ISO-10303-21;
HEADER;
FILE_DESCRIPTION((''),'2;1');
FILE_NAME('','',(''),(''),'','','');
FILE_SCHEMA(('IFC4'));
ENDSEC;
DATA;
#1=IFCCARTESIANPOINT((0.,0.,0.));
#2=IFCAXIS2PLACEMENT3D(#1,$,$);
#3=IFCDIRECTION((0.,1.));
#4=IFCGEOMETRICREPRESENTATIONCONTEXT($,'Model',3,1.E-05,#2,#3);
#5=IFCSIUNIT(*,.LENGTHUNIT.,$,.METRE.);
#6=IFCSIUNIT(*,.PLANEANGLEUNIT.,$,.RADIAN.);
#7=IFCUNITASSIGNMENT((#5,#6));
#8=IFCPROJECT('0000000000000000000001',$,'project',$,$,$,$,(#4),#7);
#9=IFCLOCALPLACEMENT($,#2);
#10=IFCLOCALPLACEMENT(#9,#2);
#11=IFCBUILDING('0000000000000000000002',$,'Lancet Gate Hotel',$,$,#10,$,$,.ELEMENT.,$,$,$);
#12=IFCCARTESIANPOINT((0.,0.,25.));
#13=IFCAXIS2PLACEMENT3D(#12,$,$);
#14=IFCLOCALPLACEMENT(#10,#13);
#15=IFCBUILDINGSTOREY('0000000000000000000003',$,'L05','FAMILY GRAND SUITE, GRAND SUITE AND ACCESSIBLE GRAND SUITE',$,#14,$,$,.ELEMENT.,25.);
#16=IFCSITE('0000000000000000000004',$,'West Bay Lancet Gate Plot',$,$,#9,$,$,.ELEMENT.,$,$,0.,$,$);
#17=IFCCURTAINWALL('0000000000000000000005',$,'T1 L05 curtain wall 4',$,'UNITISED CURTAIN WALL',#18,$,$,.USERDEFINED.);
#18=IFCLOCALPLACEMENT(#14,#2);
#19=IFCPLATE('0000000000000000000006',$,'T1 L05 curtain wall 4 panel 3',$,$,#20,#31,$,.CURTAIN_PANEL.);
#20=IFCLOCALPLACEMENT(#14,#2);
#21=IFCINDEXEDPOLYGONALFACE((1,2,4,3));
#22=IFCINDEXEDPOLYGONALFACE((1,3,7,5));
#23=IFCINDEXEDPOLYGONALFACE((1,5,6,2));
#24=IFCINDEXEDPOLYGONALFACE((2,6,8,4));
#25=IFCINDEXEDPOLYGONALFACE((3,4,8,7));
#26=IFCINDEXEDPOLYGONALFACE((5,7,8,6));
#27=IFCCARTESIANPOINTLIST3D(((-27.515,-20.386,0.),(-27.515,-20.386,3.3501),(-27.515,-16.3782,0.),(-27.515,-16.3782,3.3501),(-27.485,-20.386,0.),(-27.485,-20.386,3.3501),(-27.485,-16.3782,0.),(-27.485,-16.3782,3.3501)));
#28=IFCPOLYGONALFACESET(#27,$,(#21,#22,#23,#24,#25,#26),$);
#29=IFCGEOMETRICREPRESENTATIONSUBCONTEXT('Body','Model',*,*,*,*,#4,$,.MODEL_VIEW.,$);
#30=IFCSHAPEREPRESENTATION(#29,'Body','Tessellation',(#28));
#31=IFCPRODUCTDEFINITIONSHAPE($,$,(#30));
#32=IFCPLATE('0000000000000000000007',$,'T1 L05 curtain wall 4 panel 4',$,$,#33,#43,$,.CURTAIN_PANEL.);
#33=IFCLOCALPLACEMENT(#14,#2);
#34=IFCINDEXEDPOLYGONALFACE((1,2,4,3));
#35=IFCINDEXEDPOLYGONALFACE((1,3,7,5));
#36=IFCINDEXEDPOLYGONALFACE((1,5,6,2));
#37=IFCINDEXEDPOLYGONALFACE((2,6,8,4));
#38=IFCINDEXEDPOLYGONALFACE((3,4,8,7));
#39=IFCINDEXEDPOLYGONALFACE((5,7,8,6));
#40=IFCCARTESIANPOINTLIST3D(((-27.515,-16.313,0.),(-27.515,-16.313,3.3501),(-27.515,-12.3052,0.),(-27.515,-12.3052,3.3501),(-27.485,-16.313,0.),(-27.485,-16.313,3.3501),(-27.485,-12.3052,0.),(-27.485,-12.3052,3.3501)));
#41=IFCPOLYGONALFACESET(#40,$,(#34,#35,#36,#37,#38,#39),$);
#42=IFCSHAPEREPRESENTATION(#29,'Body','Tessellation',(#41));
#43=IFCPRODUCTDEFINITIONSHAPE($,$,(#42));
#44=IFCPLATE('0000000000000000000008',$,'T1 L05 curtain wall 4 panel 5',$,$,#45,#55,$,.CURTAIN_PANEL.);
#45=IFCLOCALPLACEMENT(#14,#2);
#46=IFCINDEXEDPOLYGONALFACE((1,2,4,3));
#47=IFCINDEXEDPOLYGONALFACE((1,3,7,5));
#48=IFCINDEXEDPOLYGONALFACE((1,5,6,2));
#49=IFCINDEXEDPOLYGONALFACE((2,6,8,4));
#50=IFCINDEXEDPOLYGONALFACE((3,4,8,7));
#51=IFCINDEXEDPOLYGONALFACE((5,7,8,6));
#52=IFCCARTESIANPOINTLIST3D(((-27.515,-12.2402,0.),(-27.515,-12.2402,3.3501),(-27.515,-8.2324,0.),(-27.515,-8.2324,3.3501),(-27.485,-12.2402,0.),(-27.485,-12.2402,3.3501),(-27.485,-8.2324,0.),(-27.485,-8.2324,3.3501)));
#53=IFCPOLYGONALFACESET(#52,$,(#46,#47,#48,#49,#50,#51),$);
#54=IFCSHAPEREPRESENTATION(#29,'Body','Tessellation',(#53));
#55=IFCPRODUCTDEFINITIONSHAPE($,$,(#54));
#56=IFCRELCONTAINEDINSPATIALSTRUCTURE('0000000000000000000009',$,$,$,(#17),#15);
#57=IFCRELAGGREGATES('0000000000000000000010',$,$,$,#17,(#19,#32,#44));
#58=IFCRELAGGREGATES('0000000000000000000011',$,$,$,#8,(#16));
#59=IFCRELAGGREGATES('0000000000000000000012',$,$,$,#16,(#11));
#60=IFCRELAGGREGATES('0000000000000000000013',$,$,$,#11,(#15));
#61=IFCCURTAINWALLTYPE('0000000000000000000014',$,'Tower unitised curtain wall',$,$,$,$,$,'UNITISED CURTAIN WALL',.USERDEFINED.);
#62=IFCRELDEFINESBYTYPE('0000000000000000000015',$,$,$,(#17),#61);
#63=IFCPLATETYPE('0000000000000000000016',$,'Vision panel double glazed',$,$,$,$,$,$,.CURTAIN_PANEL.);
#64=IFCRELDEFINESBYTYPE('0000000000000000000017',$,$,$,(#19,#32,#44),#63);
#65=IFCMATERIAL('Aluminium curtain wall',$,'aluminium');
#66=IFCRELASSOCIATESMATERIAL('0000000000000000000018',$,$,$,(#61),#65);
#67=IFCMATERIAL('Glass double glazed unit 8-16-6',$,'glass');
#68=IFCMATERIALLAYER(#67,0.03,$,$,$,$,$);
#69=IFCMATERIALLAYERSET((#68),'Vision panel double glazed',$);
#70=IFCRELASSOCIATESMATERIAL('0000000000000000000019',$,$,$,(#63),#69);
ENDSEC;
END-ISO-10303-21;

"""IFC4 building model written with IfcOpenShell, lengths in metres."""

from ifc_helpers import new_model, si_unit, direction, frame, origin, origin_2d, place, context, subcontext, project, spatial, rectangle, extrude, material, layer, layer_set, type_object, element, aggregate, save


model = new_model("IFC4")

# Units and contexts
model_context = context("Model", 3, precision=1e-05, world=origin(), true_north=direction((0.0, 1.0)))
body_context = subcontext(model_context, "Body", "Model", "MODEL_VIEW")
ifc_project = project(units=[si_unit("LENGTHUNIT", "METRE"), si_unit("PLANEANGLEUNIT", "RADIAN")], contexts=[model_context])

# Site, building, storey
site_placement = place(None, origin())
site = spatial("IfcSite", under=ifc_project, at=site_placement, Name="West Bay Lancet Gate Plot", CompositionType="ELEMENT", RefElevation=0.0)
building_placement = place(site_placement, origin())
building = spatial("IfcBuilding", under=site, at=building_placement, Name="Lancet Gate Hotel", CompositionType="ELEMENT")
storey_placement = place(building_placement, frame((0.0, 0.0, 25.0)))
storey = spatial("IfcBuildingStorey", under=building, at=storey_placement, Name="L05", Description="FAMILY GRAND SUITE, GRAND SUITE AND ACCESSIBLE GRAND SUITE", CompositionType="ELEMENT", Elevation=25.0)

# Curtain wall
ifc_material_1 = material(Name="Aluminium curtain wall", Category="aluminium")
curtain_wall_type = type_object("IfcCurtainWallType", Name="Tower unitised curtain wall", ElementType="UNITISED CURTAIN WALL", PredefinedType="USERDEFINED", material=ifc_material_1)
curtain_wall_1_placement = place(storey_placement, origin())
curtain_wall_1 = element("IfcCurtainWall", 1, at=curtain_wall_1_placement, inside=storey, type_object=curtain_wall_type, Name="T1 L05 curtain wall 4", ObjectType="UNITISED CURTAIN WALL", PredefinedType="USERDEFINED")

# Plates
ifc_material_2 = material(Name="Glass double glazed unit 8-16-6", Category="glass")
ifc_layer = layer(ifc_material_2, 0.03)
ifc_layer_set = layer_set([ifc_layer], Name="Vision panel double glazed")
plate_type = type_object("IfcPlateType", Name="Vision panel double glazed", PredefinedType="CURTAIN_PANEL", material=ifc_layer_set)
plate_1_placement = place(storey_placement, frame((-27.5, -18.3821, 0.0), z_axis=(0.0, 0.0, 1.0), x_axis=(0.0, 1.0, 0.0)))
plate_1 = element("IfcPlate", 2, at=plate_1_placement, type_object=plate_type, Name="T1 L05 curtain wall 4 panel 3", PredefinedType="CURTAIN_PANEL", context=body_context, shape_type="SweptSolid", body=[
    extrude(rectangle(XDim=4.0078, YDim=0.03, at=origin_2d()), origin(), (0.0, 0.0, 1.0), 3.3501),
])
plate_2_placement = place(storey_placement, frame((-27.5, -14.3091, 0.0), z_axis=(0.0, 0.0, 1.0), x_axis=(0.0, 1.0, 0.0)))
plate_2 = element("IfcPlate", 3, at=plate_2_placement, type_object=plate_type, Name="T1 L05 curtain wall 4 panel 4", PredefinedType="CURTAIN_PANEL", context=body_context, shape_type="SweptSolid", body=[
    extrude(rectangle(XDim=4.0078, YDim=0.03, at=origin_2d()), origin(), (0.0, 0.0, 1.0), 3.3501),
])
plate_3_placement = place(storey_placement, frame((-27.5, -10.2363, 0.0), z_axis=(0.0, 0.0, 1.0), x_axis=(0.0, 1.0, 0.0)))
plate_3 = element("IfcPlate", 4, at=plate_3_placement, type_object=plate_type, Name="T1 L05 curtain wall 4 panel 5", PredefinedType="CURTAIN_PANEL", context=body_context, shape_type="SweptSolid", body=[
    extrude(rectangle(XDim=4.0078, YDim=0.03, at=origin_2d()), origin(), (0.0, 0.0, 1.0), 3.3501),
])
aggregate(curtain_wall_1, [plate_1, plate_2, plate_3])

save(model, "model.ifc")
